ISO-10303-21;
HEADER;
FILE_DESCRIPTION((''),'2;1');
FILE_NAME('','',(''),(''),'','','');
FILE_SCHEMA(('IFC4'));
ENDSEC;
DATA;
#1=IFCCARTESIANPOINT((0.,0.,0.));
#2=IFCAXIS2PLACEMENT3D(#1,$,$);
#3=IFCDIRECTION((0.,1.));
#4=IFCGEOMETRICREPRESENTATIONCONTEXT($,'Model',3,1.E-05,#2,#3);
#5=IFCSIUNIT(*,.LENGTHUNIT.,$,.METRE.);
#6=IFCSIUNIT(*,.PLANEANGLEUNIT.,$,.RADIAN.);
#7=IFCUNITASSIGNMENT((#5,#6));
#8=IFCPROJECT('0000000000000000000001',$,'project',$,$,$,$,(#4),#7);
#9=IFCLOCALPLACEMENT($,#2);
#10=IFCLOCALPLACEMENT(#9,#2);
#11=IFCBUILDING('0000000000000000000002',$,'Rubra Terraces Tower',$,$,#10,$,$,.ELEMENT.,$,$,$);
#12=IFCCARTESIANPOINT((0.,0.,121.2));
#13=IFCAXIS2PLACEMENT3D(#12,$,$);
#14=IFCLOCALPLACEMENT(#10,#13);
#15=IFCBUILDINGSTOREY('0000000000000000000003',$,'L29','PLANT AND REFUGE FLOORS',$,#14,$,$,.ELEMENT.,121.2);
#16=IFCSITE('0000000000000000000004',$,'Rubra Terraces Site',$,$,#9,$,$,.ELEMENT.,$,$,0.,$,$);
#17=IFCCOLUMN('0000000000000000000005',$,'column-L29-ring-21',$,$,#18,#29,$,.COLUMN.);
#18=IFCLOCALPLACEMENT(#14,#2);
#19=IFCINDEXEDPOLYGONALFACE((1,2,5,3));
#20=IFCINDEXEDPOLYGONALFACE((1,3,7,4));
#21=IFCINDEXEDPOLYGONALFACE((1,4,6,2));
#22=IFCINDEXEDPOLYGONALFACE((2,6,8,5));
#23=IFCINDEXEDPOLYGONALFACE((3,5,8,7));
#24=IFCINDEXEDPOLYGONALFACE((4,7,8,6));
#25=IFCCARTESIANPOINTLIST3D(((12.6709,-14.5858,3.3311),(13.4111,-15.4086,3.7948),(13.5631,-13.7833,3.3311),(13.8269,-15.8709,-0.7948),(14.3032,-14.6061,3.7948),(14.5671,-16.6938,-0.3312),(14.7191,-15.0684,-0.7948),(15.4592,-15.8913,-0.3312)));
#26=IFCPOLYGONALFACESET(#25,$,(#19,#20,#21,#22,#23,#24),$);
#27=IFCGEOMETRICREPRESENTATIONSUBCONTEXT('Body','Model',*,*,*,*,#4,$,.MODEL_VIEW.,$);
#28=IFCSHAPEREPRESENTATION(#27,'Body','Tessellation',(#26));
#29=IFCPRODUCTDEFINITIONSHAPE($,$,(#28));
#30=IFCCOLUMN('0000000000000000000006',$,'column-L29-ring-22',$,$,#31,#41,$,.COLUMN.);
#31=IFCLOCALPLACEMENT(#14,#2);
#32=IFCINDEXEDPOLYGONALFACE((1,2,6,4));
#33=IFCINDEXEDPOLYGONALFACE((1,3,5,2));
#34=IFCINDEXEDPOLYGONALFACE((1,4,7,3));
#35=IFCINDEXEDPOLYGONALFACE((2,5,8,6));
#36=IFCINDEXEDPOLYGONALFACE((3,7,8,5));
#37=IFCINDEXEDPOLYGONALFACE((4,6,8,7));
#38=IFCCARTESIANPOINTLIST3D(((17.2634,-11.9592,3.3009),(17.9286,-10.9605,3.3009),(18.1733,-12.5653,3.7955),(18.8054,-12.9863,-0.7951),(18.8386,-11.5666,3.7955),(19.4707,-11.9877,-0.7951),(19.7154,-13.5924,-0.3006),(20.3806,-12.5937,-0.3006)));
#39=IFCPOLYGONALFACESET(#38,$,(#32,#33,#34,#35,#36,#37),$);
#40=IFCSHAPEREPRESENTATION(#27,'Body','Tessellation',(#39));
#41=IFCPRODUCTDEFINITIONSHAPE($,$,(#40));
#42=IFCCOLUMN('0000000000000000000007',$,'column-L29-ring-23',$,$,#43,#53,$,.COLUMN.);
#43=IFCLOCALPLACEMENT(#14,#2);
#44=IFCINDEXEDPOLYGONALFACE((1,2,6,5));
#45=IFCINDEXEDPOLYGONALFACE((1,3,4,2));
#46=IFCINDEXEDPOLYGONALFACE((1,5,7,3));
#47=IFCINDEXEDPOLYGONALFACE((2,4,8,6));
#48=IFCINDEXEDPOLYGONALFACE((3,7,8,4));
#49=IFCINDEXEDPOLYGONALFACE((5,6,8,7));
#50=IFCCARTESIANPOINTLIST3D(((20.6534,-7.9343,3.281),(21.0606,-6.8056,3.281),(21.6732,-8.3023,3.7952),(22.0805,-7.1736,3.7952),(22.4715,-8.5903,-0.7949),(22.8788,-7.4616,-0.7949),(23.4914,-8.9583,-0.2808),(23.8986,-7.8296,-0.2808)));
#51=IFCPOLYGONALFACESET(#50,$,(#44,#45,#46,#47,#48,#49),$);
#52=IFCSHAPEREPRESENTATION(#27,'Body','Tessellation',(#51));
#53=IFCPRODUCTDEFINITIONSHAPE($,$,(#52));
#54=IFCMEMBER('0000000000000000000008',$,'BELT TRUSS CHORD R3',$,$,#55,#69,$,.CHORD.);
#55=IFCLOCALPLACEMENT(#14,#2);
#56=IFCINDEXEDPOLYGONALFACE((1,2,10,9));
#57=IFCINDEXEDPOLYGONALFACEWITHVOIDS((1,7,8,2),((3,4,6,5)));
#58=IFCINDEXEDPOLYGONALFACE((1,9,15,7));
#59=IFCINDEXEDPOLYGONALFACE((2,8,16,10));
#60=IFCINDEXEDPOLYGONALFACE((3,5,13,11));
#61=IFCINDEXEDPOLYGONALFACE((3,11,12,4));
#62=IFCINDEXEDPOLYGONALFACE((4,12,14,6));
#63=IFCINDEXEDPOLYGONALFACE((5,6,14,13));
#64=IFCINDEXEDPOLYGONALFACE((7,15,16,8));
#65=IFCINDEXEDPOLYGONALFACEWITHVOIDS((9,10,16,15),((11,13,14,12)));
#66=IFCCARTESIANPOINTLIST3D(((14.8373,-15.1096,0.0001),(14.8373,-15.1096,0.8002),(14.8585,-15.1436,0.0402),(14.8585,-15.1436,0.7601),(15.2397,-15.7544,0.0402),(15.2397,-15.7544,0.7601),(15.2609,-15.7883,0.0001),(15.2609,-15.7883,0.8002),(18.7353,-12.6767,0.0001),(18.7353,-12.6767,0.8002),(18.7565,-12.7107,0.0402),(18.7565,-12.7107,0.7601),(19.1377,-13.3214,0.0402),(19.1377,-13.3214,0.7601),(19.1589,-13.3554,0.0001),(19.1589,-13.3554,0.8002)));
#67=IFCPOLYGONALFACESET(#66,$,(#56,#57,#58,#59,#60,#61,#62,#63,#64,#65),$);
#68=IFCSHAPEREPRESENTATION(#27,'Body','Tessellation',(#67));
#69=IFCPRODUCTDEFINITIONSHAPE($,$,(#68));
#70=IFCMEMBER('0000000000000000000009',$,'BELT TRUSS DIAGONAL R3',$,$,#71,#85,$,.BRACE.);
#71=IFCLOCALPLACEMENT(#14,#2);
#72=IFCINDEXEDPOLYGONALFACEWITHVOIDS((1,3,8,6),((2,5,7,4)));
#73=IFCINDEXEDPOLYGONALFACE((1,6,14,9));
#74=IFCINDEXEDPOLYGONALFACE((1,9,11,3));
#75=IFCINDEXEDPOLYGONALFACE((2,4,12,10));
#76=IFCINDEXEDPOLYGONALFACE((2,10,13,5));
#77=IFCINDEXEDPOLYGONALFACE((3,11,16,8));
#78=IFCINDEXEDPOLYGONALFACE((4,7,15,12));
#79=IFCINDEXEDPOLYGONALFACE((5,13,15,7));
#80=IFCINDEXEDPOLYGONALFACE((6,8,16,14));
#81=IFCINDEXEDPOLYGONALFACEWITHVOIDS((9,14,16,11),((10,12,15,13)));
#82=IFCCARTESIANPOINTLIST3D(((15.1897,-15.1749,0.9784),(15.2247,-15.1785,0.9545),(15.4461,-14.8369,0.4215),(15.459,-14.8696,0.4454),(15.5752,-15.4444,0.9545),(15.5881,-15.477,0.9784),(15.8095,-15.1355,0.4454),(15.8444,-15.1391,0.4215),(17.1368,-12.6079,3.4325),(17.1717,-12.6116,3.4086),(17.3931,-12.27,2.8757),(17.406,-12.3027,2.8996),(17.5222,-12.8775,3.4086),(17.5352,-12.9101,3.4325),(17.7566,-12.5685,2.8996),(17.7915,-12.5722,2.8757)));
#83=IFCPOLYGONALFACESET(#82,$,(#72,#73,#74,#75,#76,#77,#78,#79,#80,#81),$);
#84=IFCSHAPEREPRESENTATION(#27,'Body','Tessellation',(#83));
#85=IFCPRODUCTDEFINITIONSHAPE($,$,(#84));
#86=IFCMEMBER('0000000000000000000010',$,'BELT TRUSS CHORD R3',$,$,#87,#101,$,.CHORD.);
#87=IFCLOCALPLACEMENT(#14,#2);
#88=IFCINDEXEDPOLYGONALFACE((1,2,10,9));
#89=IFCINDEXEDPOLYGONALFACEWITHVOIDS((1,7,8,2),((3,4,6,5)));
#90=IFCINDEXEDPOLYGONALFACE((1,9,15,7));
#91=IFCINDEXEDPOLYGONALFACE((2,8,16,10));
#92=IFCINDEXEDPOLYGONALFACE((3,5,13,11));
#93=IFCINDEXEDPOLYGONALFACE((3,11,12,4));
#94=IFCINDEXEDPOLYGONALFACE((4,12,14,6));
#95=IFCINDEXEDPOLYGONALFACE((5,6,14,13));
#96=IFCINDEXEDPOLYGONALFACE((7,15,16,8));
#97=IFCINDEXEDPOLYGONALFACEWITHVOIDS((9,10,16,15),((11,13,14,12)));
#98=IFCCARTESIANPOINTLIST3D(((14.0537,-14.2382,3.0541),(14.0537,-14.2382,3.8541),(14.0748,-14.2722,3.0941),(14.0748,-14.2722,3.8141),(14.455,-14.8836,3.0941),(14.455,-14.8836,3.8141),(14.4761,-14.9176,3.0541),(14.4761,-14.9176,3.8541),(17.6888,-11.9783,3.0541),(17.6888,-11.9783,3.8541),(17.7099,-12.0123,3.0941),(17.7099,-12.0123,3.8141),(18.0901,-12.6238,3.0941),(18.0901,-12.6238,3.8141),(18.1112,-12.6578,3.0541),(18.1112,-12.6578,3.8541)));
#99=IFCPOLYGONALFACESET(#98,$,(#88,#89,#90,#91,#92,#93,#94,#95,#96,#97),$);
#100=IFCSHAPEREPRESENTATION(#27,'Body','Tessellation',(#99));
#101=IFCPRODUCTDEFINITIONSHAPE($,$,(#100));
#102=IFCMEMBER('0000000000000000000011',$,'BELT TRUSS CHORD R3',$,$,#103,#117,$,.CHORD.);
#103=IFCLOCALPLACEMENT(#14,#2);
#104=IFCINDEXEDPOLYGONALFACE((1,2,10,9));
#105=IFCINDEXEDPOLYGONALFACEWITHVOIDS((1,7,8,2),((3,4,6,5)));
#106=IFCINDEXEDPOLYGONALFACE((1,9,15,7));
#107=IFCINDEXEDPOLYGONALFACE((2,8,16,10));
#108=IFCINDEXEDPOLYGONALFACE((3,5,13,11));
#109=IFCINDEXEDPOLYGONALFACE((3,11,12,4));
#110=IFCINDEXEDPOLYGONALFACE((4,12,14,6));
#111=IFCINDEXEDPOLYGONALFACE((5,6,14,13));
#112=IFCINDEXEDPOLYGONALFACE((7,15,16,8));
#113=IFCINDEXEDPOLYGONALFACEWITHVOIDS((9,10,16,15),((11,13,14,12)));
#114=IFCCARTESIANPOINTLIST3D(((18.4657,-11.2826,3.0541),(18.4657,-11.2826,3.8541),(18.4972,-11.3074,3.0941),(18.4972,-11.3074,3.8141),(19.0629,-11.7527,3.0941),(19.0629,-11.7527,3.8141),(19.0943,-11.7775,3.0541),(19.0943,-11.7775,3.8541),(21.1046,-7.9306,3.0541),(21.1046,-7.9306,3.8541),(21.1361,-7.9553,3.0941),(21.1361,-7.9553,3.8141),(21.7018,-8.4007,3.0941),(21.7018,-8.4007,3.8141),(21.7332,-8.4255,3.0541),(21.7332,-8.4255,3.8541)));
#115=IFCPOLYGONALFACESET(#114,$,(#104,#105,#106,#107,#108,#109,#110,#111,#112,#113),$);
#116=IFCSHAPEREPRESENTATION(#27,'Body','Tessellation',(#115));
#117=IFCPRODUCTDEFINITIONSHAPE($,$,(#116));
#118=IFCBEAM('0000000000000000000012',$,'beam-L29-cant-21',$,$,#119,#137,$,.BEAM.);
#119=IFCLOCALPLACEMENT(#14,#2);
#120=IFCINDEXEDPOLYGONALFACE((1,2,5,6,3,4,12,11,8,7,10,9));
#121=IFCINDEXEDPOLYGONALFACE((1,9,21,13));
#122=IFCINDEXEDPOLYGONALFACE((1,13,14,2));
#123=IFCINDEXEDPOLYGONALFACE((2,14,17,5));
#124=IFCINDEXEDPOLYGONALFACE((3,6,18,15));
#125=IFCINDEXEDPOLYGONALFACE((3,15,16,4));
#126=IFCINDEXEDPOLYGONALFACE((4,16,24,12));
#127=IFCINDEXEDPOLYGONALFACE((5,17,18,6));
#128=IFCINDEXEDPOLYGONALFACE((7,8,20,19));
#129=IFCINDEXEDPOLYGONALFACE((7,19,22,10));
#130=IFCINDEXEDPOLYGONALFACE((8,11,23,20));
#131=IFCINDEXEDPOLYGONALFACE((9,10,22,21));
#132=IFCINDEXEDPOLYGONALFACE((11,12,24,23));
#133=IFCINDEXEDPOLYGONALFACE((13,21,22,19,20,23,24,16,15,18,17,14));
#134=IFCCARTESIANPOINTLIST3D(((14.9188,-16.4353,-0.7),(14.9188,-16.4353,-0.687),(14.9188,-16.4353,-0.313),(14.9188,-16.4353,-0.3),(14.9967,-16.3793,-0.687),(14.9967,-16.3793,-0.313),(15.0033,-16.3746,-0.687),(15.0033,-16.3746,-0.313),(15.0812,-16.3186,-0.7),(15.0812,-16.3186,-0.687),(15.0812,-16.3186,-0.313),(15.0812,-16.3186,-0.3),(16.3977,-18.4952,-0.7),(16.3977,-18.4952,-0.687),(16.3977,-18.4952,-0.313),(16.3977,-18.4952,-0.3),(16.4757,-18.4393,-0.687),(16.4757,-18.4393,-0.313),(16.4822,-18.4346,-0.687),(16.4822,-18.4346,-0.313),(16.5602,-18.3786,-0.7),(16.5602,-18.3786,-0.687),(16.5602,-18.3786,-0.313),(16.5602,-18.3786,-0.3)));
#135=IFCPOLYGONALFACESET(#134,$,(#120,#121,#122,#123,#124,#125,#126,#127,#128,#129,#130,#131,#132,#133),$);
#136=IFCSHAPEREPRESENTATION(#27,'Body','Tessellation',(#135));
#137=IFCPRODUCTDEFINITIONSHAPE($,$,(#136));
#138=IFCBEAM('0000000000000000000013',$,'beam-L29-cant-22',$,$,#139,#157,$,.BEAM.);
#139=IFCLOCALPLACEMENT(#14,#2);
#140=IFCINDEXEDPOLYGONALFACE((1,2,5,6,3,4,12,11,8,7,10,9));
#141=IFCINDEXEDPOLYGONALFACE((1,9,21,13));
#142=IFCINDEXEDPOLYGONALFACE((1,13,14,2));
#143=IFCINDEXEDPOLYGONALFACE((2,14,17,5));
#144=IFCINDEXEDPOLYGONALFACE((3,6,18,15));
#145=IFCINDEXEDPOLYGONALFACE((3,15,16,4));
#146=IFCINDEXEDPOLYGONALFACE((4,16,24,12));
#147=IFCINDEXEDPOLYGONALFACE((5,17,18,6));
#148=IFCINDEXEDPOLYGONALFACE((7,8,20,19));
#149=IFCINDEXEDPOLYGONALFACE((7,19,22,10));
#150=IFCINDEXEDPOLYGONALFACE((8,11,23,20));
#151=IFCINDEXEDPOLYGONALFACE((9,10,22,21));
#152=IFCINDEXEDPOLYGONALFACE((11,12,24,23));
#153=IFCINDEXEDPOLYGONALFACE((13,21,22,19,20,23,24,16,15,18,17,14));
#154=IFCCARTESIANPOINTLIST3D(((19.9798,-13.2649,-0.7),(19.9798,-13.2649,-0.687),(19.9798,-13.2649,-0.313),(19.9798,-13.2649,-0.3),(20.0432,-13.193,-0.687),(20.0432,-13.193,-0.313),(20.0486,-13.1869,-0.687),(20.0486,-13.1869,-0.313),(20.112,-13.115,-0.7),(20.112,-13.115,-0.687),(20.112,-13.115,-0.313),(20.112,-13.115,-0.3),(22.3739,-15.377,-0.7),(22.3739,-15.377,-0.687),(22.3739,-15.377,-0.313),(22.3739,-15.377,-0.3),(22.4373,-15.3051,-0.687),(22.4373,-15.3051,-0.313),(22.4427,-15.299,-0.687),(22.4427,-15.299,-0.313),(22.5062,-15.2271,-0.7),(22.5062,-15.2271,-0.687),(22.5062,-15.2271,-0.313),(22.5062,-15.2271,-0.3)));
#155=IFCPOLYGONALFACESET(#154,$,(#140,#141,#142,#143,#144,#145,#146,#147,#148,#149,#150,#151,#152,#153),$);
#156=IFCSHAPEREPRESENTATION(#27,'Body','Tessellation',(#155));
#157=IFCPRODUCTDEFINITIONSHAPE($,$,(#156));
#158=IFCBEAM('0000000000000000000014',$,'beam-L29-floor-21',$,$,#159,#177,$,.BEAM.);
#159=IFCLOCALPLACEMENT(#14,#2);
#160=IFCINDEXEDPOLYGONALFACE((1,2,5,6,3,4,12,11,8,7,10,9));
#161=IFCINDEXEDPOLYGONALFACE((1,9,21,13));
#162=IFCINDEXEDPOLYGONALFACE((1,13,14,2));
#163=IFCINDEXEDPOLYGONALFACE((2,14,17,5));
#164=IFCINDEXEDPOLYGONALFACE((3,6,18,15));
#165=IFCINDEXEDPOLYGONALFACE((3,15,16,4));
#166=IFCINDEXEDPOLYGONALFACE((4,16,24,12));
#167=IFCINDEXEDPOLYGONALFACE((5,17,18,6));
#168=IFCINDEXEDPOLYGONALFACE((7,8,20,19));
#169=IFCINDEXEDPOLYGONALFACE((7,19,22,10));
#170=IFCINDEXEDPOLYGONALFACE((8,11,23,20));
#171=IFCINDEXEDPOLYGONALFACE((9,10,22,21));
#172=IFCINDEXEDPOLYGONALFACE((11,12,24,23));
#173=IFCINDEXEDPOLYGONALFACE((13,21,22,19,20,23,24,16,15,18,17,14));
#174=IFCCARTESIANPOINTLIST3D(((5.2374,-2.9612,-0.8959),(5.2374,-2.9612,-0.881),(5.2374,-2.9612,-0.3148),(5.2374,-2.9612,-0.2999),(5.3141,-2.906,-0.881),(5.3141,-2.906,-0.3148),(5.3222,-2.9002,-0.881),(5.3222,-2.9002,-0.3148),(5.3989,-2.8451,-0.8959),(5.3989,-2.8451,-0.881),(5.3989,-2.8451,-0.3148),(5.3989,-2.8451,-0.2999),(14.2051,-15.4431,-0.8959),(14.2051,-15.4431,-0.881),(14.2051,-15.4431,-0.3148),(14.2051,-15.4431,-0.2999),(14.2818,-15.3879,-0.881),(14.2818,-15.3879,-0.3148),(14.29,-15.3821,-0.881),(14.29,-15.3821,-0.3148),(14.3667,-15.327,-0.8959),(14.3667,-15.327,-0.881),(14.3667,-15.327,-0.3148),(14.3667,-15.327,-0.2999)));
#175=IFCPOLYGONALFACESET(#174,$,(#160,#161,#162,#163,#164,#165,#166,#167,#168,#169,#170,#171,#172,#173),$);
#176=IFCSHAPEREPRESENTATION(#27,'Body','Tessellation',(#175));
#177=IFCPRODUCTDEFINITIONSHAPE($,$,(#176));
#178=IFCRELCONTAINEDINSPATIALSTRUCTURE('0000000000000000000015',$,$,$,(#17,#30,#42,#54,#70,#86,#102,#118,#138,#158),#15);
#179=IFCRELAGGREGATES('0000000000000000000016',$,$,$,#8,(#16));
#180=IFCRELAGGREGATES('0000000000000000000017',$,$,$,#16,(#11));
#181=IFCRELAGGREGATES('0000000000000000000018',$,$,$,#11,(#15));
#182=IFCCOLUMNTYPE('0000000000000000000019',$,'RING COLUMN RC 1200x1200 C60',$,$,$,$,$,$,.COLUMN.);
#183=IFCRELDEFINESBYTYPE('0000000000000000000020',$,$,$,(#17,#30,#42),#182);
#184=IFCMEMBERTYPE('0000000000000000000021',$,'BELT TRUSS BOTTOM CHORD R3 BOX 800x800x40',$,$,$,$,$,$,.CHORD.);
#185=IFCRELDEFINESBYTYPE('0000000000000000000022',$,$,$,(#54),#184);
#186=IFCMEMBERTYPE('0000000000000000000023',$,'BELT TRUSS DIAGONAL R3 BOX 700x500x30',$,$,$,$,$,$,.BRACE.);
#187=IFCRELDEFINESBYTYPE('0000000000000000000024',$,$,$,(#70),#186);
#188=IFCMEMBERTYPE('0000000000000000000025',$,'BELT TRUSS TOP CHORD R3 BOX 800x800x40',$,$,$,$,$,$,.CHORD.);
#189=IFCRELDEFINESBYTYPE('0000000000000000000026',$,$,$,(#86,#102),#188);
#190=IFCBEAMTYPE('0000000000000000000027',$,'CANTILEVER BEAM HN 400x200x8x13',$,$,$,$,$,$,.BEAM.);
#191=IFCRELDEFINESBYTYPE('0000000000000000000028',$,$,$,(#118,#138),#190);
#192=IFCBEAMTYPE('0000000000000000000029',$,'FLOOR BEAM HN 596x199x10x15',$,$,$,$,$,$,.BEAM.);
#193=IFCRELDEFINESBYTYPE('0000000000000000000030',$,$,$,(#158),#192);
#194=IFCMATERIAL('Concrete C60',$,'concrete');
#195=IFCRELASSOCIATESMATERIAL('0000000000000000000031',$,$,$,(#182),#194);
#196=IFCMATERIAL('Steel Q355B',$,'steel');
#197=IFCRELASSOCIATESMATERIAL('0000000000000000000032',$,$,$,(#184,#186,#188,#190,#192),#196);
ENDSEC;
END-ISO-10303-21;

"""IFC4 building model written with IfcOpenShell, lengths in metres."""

from ifc_helpers import new_model, si_unit, direction, frame, origin, origin_2d, place, context, subcontext, project, spatial, rectangle, hollow_rectangle, i_section, extrude, material, material_profile, profile_set, type_object, element, save


model = new_model("IFC4")

# Units and contexts
model_context = context("Model", 3, precision=1e-05, world=origin(), true_north=direction((0.0, 1.0)))
body_context = subcontext(model_context, "Body", "Model", "MODEL_VIEW")
ifc_project = project(units=[si_unit("LENGTHUNIT", "METRE"), si_unit("PLANEANGLEUNIT", "RADIAN")], contexts=[model_context])

# Site, building, storey
site_placement = place(None, origin())
site = spatial("IfcSite", under=ifc_project, at=site_placement, Name="Rubra Terraces Site", CompositionType="ELEMENT", RefElevation=0.0)
building_placement = place(site_placement, origin())
building = spatial("IfcBuilding", under=site, at=building_placement, Name="Rubra Terraces Tower", CompositionType="ELEMENT")
storey_placement = place(building_placement, frame((0.0, 0.0, 121.2)))
storey = spatial("IfcBuildingStorey", under=building, at=storey_placement, Name="L29", Description="PLANT AND REFUGE FLOORS", CompositionType="ELEMENT", Elevation=121.2)

# Columns
ifc_material_1 = material(Name="Concrete C60", Category="concrete")
ifc_material_profile_1 = material_profile(ifc_material_1, rectangle(XDim=1.2, YDim=1.2, at=origin_2d()), Name="RC 1200x1200")
ifc_profile_set_1 = profile_set([ifc_material_profile_1], Name="Concrete C60")
column_type = type_object("IfcColumnType", Name="RING COLUMN RC 1200x1200 C60", PredefinedType="COLUMN", material=ifc_profile_set_1)
column_1_placement = place(storey_placement, frame((14.6431, -15.8811, -0.563), z_axis=(-0.258415, 0.287286, 0.922328), x_axis=(-0.743477, -0.668762, 0.0)))
element("IfcColumn", 1, at=column_1_placement, inside=storey, type_object=column_type, Name="column-L29-ring-21", PredefinedType="COLUMN", context=body_context, shape_type="SweptSolid", body=[
    extrude(rectangle(XDim=1.2, YDim=1.2, at=origin_2d()), origin(), (0.0, 0.0, 1.0), 4.4734),
])
column_2_placement = place(storey_placement, frame((19.593, -12.79, -0.5479), z_axis=(-0.343008, 0.228473, 0.911123), x_axis=(-0.554366, -0.832273, 0.0)))
element("IfcColumn", 2, at=column_2_placement, inside=storey, type_object=column_type, Name="column-L29-ring-22", PredefinedType="COLUMN", context=body_context, shape_type="SweptSolid", body=[
    extrude(rectangle(XDim=1.2, YDim=1.2, at=origin_2d()), origin(), (0.0, 0.0, 1.0), 4.4956),
])
column_3_placement = place(storey_placement, frame((23.1851, -8.21, -0.5378), z_axis=(-0.403041, 0.145424, 0.903554), x_axis=(-0.339399, -0.940642, 0.0)))
element("IfcColumn", 3, at=column_3_placement, inside=storey, type_object=column_type, Name="column-L29-ring-23", PredefinedType="COLUMN", context=body_context, shape_type="SweptSolid", body=[
    extrude(rectangle(XDim=1.2, YDim=1.2, at=origin_2d()), origin(), (0.0, 0.0, 1.0), 4.511),
])

# Members
ifc_material_2 = material(Name="Steel Q355B", Category="steel")
ifc_material_profile_2 = material_profile(ifc_material_2, hollow_rectangle(XDim=0.8, YDim=0.8, WallThickness=0.04, at=origin_2d()), Name="BOX 800x800x40")
ifc_profile_set_2 = profile_set([ifc_material_profile_2], Name="Steel Q355B")
member_type_1 = type_object("IfcMemberType", Name="BELT TRUSS BOTTOM CHORD R3 BOX 800x800x40", PredefinedType="CHORD", material=ifc_profile_set_2)
member_1_placement = place(storey_placement, frame((15.0491, -15.449, 0.4001), z_axis=(0.848326, 0.529473, 0.0), x_axis=(-0.529473, 0.848326, 0.0)))
element("IfcMember", 4, at=member_1_placement, inside=storey, type_object=member_type_1, Name="BELT TRUSS CHORD R3", PredefinedType="CHORD", context=body_context, shape_type="SweptSolid", body=[
    extrude(hollow_rectangle(XDim=0.8, YDim=0.8, WallThickness=0.04, at=origin_2d()), origin(), (0.0, 0.0, 1.0), 4.595),
])
ifc_material_profile_3 = material_profile(ifc_material_2, hollow_rectangle(XDim=0.5, YDim=0.7, WallThickness=0.03, at=origin_2d()), Name="BOX 700x500x30")
ifc_profile_set_3 = profile_set([ifc_material_profile_3], Name="Steel Q355B")
member_type_2 = type_object("IfcMemberType", Name="BELT TRUSS DIAGONAL R3 BOX 700x500x30", PredefinedType="BRACE", material=ifc_profile_set_3)
member_2_placement = place(storey_placement, frame((15.5171, -15.157, 0.7), z_axis=(0.480747, 0.633802, 0.605952), x_axis=(-0.796733, 0.604332, 0.0)))
element("IfcMember", 5, at=member_2_placement, inside=storey, type_object=member_type_2, Name="BELT TRUSS DIAGONAL R3", PredefinedType="BRACE", context=body_context, shape_type="SweptSolid", body=[
    extrude(hollow_rectangle(XDim=0.5, YDim=0.7, WallThickness=0.03, at=origin_2d()), origin(), (0.0, 0.0, 1.0), 4.05),
])
ifc_material_profile_4 = material_profile(ifc_material_2, hollow_rectangle(XDim=0.8, YDim=0.8, WallThickness=0.04, at=origin_2d()), Name="BOX 800x800x40")
ifc_profile_set_4 = profile_set([ifc_material_profile_4], Name="Steel Q355B")
member_type_3 = type_object("IfcMemberType", Name="BELT TRUSS TOP CHORD R3 BOX 800x800x40", PredefinedType="CHORD", material=ifc_profile_set_4)
member_3_placement = place(storey_placement, frame((14.2649, -14.5779, 3.4541), z_axis=(0.849268, 0.527962, 0.0), x_axis=(-0.527962, 0.849268, 0.0)))
element("IfcMember", 6, at=member_3_placement, inside=storey, type_object=member_type_3, Name="BELT TRUSS CHORD R3", PredefinedType="CHORD", context=body_context, shape_type="SweptSolid", body=[
    extrude(hollow_rectangle(XDim=0.8, YDim=0.8, WallThickness=0.04, at=origin_2d()), origin(), (0.0, 0.0, 1.0), 4.2803),
])
member_4_placement = place(storey_placement, frame((18.78, -11.53, 3.4541), z_axis=(0.618569, 0.78573, 0.0), x_axis=(-0.78573, 0.618569, 0.0)))
element("IfcMember", 7, at=member_4_placement, inside=storey, type_object=member_type_3, Name="BELT TRUSS CHORD R3", PredefinedType="CHORD", context=body_context, shape_type="SweptSolid", body=[
    extrude(hollow_rectangle(XDim=0.8, YDim=0.8, WallThickness=0.04, at=origin_2d()), origin(), (0.0, 0.0, 1.0), 4.2661),
])

# Beams
ifc_material_profile_5 = material_profile(ifc_material_2, i_section(OverallWidth=0.2, OverallDepth=0.3999, WebThickness=0.0081, FlangeThickness=0.0129, at=origin_2d()), Name="HN 400x200x8x13")
ifc_profile_set_5 = profile_set([ifc_material_profile_5], Name="Steel Q355B")
beam_type_1 = type_object("IfcBeamType", Name="CANTILEVER BEAM HN 400x200x8x13", PredefinedType="BEAM", material=ifc_profile_set_5)
beam_1_placement = place(storey_placement, frame((15.0, -16.377, -0.5), z_axis=(0.583204, -0.812326, 0.0), x_axis=(0.812326, 0.583204, 0.0)))
element("IfcBeam", 8, at=beam_1_placement, inside=storey, type_object=beam_type_1, Name="beam-L29-cant-21", PredefinedType="BEAM", context=body_context, shape_type="SweptSolid", body=[
    extrude(i_section(OverallWidth=0.2, OverallDepth=0.3999, WebThickness=0.0081, FlangeThickness=0.0129, at=origin_2d()), origin(), (0.0, 0.0, 1.0), 2.5359),
])
beam_2_placement = place(storey_placement, frame((20.0459, -13.1899, -0.5), z_axis=(0.749889, -0.661563, 0.0), x_axis=(0.661563, 0.749889, 0.0)))
element("IfcBeam", 9, at=beam_2_placement, inside=storey, type_object=beam_type_1, Name="beam-L29-cant-22", PredefinedType="BEAM", context=body_context, shape_type="SweptSolid", body=[
    extrude(i_section(OverallWidth=0.2, OverallDepth=0.3999, WebThickness=0.0081, FlangeThickness=0.0129, at=origin_2d()), origin(), (0.0, 0.0, 1.0), 3.1926),
])
ifc_material_profile_6 = material_profile(ifc_material_2, i_section(OverallWidth=0.199, OverallDepth=0.5959, WebThickness=0.01, FlangeThickness=0.0149, at=origin_2d()), Name="HN 596x199x10x15")
ifc_profile_set_6 = profile_set([ifc_material_profile_6], Name="Steel Q355B")
beam_type_2 = type_object("IfcBeamType", Name="FLOOR BEAM HN 596x199x10x15", PredefinedType="BEAM", material=ifc_profile_set_6)
beam_3_placement = place(storey_placement, frame((14.2859, -15.385, -0.5979), z_axis=(-0.583481, 0.812127, 0.0), x_axis=(-0.812127, -0.583481, 0.0)))
element("IfcBeam", 10, at=beam_3_placement, inside=storey, type_object=beam_type_2, Name="beam-L29-floor-21", PredefinedType="BEAM", context=body_context, shape_type="SweptSolid", body=[
    extrude(i_section(OverallWidth=0.199, OverallDepth=0.5959, WebThickness=0.01, FlangeThickness=0.0149, at=origin_2d()), origin(), (0.0, 0.0, 1.0), 15.3694),
])

save(model, "model.ifc")
